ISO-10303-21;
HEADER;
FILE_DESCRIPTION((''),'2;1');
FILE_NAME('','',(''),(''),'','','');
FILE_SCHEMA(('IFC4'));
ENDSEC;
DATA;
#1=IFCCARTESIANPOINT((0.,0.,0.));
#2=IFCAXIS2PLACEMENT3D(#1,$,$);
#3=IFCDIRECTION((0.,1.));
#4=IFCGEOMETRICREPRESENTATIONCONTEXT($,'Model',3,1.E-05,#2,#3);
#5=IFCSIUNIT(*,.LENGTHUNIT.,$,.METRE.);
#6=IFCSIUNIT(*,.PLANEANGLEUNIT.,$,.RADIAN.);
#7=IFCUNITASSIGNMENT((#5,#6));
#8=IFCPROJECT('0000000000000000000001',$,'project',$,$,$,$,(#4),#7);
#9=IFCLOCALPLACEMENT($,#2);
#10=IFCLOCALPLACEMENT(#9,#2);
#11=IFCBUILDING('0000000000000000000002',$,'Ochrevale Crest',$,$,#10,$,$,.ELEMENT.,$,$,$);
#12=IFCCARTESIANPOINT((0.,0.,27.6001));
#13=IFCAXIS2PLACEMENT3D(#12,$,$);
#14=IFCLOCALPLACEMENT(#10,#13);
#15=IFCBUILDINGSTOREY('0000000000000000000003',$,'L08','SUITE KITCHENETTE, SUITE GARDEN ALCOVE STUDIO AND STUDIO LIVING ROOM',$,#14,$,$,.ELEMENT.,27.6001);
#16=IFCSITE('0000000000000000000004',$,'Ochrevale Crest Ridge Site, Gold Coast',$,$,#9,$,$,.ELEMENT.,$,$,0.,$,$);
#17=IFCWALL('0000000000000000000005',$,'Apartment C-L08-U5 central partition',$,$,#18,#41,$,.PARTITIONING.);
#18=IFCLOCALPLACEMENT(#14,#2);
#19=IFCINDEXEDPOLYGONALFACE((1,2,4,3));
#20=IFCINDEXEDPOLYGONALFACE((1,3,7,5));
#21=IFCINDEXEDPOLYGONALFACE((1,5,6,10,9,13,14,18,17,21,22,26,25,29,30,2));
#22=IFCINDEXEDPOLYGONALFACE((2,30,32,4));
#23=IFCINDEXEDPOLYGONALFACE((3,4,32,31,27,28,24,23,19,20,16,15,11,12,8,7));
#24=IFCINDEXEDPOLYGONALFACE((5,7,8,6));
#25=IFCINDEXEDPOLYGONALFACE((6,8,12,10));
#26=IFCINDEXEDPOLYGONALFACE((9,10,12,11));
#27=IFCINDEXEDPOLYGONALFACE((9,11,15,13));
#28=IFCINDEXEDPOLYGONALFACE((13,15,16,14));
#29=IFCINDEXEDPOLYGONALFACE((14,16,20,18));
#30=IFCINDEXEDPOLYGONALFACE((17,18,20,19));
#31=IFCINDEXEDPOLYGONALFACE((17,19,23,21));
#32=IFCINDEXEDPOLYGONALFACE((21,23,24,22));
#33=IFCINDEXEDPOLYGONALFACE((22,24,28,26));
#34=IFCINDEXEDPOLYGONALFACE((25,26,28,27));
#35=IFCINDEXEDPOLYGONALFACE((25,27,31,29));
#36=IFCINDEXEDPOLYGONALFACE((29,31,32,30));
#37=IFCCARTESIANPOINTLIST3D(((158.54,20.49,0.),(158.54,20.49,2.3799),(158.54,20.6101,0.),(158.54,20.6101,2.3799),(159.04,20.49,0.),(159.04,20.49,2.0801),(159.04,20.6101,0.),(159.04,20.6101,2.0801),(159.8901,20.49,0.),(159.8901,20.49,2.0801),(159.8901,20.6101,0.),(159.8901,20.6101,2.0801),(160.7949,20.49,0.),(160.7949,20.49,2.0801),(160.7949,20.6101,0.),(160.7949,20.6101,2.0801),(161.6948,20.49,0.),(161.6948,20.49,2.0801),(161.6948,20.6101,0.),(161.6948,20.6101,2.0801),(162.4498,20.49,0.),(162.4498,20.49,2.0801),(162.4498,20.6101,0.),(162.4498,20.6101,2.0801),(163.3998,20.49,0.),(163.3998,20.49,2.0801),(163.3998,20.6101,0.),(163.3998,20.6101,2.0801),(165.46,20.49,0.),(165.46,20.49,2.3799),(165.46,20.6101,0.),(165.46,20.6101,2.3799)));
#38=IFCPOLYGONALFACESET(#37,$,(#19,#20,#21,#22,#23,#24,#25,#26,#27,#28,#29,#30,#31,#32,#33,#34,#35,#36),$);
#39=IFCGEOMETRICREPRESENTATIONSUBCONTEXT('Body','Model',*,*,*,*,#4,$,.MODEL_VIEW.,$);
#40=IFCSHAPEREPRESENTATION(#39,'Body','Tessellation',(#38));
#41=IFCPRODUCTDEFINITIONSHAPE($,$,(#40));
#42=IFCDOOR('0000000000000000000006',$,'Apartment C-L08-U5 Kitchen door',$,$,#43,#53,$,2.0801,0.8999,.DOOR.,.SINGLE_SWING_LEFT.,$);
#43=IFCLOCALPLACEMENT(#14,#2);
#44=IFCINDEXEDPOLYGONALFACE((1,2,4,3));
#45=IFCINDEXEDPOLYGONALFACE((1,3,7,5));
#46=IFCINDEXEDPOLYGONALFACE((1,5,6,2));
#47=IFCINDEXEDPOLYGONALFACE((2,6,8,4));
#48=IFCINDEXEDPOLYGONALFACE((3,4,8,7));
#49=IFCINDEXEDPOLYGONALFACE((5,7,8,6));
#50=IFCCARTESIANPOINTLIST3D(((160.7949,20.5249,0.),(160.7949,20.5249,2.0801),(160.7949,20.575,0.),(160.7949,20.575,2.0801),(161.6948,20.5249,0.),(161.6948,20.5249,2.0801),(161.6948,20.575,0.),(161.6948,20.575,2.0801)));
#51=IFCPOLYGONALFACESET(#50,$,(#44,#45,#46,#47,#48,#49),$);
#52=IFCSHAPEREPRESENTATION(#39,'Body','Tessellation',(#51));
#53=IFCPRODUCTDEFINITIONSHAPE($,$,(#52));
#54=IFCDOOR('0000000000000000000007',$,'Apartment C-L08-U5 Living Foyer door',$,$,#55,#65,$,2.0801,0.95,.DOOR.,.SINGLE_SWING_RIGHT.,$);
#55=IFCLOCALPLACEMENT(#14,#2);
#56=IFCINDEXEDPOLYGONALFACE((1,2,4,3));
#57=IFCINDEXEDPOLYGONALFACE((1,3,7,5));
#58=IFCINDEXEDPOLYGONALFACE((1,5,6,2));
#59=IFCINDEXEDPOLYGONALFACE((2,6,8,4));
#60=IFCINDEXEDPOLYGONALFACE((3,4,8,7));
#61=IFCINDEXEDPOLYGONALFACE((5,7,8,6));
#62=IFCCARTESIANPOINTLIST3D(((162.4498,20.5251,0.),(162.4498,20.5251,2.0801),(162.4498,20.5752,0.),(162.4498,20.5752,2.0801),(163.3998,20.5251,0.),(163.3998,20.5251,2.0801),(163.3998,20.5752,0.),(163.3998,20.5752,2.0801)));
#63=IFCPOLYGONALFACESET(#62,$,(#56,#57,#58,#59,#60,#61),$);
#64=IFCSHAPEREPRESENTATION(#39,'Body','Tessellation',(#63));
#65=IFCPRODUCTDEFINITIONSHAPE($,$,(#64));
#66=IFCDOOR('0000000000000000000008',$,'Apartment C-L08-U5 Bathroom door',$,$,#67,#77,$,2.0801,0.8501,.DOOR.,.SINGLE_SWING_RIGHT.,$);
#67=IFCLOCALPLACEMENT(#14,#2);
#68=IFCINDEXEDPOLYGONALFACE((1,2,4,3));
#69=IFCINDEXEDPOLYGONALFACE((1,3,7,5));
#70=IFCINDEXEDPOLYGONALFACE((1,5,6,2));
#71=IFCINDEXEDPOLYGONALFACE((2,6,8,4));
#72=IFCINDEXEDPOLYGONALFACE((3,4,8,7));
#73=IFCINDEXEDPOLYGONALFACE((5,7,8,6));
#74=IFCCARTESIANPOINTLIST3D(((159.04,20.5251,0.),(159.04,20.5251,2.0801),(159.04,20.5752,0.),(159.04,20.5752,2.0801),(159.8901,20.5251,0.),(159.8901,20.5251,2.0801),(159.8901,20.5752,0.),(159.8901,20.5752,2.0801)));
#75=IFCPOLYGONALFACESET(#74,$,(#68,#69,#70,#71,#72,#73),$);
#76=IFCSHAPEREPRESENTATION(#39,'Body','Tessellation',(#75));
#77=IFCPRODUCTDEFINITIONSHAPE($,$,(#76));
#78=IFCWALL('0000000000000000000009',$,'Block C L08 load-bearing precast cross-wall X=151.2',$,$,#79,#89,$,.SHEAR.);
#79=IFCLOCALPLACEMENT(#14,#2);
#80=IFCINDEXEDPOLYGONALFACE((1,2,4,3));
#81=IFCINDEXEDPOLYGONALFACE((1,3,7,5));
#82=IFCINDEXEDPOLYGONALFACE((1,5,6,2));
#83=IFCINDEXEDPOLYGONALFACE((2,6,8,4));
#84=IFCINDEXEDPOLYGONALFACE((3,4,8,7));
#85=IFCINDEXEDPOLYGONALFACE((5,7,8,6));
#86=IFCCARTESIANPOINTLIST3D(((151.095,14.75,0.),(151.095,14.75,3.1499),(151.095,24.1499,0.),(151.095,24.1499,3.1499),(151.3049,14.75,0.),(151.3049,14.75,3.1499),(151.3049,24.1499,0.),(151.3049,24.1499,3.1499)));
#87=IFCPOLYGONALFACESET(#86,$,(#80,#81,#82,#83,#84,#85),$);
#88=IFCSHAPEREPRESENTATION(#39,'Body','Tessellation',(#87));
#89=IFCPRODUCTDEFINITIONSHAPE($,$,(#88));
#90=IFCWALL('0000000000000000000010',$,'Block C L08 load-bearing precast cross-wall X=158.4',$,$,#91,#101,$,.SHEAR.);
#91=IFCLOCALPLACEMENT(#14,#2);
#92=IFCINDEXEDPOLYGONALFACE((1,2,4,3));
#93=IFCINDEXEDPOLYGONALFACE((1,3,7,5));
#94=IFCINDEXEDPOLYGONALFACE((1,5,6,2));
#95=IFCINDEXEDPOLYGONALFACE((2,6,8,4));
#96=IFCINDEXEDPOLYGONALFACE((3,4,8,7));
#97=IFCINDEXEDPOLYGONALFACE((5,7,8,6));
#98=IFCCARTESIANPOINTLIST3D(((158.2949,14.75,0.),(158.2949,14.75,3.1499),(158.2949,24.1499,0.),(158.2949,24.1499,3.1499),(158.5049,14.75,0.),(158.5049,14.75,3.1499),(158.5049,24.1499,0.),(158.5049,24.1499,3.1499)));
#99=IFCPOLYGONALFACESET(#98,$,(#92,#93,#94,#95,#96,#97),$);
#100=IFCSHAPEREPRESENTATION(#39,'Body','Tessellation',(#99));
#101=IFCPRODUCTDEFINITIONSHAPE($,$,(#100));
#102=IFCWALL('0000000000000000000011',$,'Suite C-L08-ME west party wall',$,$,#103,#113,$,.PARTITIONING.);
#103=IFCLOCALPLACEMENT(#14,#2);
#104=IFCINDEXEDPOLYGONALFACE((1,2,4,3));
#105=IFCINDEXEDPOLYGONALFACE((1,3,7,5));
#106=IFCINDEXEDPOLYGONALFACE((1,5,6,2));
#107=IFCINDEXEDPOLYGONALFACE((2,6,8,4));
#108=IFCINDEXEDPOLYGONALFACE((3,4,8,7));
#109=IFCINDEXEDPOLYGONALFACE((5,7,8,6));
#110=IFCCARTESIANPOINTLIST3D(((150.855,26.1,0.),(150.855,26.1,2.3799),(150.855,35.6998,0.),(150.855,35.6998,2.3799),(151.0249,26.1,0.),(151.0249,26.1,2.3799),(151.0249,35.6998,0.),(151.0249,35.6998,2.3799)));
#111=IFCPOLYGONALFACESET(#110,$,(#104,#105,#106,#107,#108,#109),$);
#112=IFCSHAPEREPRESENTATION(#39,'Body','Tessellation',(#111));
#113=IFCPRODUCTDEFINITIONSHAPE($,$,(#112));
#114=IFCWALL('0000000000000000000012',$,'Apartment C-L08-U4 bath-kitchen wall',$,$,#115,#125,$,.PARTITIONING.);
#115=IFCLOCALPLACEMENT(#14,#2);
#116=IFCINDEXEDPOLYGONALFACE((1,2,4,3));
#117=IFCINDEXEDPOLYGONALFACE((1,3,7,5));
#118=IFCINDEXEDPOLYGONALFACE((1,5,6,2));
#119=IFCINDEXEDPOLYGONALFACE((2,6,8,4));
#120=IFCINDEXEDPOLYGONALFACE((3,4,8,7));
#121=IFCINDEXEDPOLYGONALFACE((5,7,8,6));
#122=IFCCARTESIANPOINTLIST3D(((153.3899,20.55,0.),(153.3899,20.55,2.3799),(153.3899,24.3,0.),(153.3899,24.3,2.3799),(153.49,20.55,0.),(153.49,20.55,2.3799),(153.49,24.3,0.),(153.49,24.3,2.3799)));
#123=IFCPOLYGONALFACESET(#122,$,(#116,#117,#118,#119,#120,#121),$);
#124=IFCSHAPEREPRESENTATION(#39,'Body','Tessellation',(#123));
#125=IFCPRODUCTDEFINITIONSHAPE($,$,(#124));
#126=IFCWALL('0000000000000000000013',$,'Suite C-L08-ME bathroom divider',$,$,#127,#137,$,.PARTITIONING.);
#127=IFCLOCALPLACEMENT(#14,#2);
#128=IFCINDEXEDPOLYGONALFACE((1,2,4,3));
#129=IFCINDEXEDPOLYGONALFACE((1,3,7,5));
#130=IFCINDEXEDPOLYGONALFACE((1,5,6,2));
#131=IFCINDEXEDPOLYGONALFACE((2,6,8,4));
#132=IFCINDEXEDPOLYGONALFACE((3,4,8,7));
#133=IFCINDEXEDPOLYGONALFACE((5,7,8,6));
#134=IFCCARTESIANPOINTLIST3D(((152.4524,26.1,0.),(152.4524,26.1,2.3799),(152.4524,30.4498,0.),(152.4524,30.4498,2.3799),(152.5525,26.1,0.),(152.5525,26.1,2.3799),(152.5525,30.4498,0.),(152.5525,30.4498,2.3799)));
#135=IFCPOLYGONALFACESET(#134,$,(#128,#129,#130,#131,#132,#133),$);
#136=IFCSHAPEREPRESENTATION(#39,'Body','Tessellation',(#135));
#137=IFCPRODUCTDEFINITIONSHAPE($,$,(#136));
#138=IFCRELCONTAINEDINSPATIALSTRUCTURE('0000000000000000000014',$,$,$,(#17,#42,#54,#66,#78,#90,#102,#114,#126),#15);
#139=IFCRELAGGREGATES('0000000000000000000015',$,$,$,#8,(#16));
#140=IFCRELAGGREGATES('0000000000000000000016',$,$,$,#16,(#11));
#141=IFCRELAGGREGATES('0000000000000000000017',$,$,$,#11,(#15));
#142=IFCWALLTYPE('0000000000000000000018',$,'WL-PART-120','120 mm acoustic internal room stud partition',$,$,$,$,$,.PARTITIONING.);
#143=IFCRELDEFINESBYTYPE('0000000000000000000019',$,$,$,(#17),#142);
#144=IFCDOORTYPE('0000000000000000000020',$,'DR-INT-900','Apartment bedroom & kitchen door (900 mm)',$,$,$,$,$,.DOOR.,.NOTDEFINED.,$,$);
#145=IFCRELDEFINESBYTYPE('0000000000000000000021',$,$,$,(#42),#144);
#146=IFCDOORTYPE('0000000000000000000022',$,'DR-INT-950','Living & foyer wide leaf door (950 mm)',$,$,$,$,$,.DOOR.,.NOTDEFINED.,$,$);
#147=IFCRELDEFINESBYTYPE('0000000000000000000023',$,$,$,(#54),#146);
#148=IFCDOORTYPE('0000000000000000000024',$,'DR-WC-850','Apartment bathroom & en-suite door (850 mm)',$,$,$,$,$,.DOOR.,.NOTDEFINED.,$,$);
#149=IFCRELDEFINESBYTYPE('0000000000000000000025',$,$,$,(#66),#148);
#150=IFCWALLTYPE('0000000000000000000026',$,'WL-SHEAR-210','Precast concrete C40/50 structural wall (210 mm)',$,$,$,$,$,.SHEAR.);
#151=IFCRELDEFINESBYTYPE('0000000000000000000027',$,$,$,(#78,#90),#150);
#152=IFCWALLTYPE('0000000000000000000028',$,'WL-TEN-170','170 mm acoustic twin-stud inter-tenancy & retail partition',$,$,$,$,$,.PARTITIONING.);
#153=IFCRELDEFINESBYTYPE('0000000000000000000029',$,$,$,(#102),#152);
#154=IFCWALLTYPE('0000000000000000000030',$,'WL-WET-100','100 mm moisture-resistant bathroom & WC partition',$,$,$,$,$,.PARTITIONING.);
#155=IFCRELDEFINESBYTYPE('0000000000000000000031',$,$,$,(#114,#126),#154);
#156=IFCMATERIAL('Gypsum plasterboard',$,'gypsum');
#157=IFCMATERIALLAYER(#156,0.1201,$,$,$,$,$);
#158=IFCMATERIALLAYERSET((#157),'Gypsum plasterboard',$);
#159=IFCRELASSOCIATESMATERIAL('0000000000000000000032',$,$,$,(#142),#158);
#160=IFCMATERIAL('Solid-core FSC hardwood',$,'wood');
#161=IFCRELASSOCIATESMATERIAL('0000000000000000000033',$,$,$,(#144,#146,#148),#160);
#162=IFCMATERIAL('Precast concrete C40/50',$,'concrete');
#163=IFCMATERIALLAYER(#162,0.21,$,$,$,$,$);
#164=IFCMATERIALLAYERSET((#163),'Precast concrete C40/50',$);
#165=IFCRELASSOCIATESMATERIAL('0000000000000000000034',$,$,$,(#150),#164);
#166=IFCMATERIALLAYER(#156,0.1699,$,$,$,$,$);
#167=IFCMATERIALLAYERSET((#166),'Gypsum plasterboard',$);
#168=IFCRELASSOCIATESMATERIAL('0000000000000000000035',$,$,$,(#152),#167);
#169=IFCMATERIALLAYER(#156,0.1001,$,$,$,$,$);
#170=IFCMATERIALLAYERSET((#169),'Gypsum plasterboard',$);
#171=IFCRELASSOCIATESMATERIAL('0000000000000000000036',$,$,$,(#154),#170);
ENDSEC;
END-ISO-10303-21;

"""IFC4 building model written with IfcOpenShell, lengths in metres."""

from ifc_helpers import new_model, si_unit, direction, frame, frame_2d, origin, place, context, subcontext, project, spatial, rectangle, extrude, material, layer, layer_set, type_object, element, fill, save


model = new_model("IFC4")

# Units and contexts
model_context = context("Model", 3, precision=1e-05, world=origin(), true_north=direction((0.0, 1.0)))
body_context = subcontext(model_context, "Body", "Model", "MODEL_VIEW")
ifc_project = project(units=[si_unit("LENGTHUNIT", "METRE"), si_unit("PLANEANGLEUNIT", "RADIAN")], contexts=[model_context])

# Site, building, storey
site_placement = place(None, origin())
site = spatial("IfcSite", under=ifc_project, at=site_placement, Name="Ochrevale Crest Ridge Site, Gold Coast", CompositionType="ELEMENT", RefElevation=0.0)
building_placement = place(site_placement, origin())
building = spatial("IfcBuilding", under=site, at=building_placement, Name="Ochrevale Crest", CompositionType="ELEMENT")
storey_placement = place(building_placement, frame((0.0, 0.0, 27.6001)))
storey = spatial("IfcBuildingStorey", under=building, at=storey_placement, Name="L08", Description="SUITE KITCHENETTE, SUITE GARDEN ALCOVE STUDIO AND STUDIO LIVING ROOM", CompositionType="ELEMENT", Elevation=27.6001)

# Shared definitions
ifc_material_1 = material(Name="Gypsum plasterboard", Category="gypsum")
ifc_material_2 = material(Name="Solid-core FSC hardwood", Category="wood")

# Shared definitions
ifc_layer_1 = layer(ifc_material_1, 0.1201)
ifc_layer_set_1 = layer_set([ifc_layer_1], Name="Gypsum plasterboard")
wall_type_1 = type_object("IfcWallType", Name="WL-PART-120", Description="120 mm acoustic internal room stud partition", PredefinedType="PARTITIONING", material=ifc_layer_set_1)

# Wall, openings, doors
door_type_1 = type_object("IfcDoorType", Name="DR-INT-900", Description="Apartment bedroom & kitchen door (900 mm)", OperationType="NOTDEFINED", PredefinedType="DOOR", material=ifc_material_2)
door_type_2 = type_object("IfcDoorType", Name="DR-INT-950", Description="Living & foyer wide leaf door (950 mm)", OperationType="NOTDEFINED", PredefinedType="DOOR", material=ifc_material_2)
door_type_3 = type_object("IfcDoorType", Name="DR-WC-850", Description="Apartment bathroom & en-suite door (850 mm)", OperationType="NOTDEFINED", PredefinedType="DOOR", material=ifc_material_2)
wall_1_placement = place(storey_placement, frame((158.54, 20.55, 0.0), z_axis=(0.0, 0.0, 1.0), x_axis=(1.0, 0.0, 0.0)))
wall_1 = element("IfcWall", 1, at=wall_1_placement, inside=storey, type_object=wall_type_1, Name="Apartment C-L08-U5 central partition", PredefinedType="PARTITIONING", context=body_context, shape_type="SweptSolid", body=[
    extrude(rectangle(XDim=6.9199, YDim=0.1201, at=frame_2d((3.46, 0.0))), origin(), (0.0, 0.0, 1.0), 2.3799),
])
opening_1_placement = place(wall_1_placement, frame((1.3501, 0.0, 0.0), z_axis=(0.0, 0.0, 1.0), x_axis=(-1.0, 0.0, 0.0)))
opening_1 = element("IfcOpeningElement", 2, at=opening_1_placement, cuts=wall_1, PredefinedType="OPENING", context=body_context, shape_type="SweptSolid", body=[
    extrude(rectangle(XDim=0.8501, YDim=2.0801, at=frame_2d((0.425, 1.04))), frame((0.0, 0.0701, 0.0), z_axis=(0.0, -1.0, 0.0), x_axis=(1.0, 0.0, 0.0)), (0.0, 0.0, 1.0), 0.1401),
])
opening_2_placement = place(wall_1_placement, frame((2.2549, 0.0, 0.0)))
opening_2 = element("IfcOpeningElement", 3, at=opening_2_placement, cuts=wall_1, PredefinedType="OPENING", context=body_context, shape_type="SweptSolid", body=[
    extrude(rectangle(XDim=0.8999, YDim=2.0801, at=frame_2d((0.45, 1.04))), frame((0.0, 0.0701, 0.0), z_axis=(0.0, -1.0, 0.0), x_axis=(1.0, 0.0, 0.0)), (0.0, 0.0, 1.0), 0.1401),
])
opening_3_placement = place(wall_1_placement, frame((4.8599, 0.0, 0.0), z_axis=(0.0, 0.0, 1.0), x_axis=(-1.0, 0.0, 0.0)))
opening_3 = element("IfcOpeningElement", 4, at=opening_3_placement, cuts=wall_1, PredefinedType="OPENING", context=body_context, shape_type="SweptSolid", body=[
    extrude(rectangle(XDim=0.95, YDim=2.0801, at=frame_2d((0.4751, 1.04))), frame((0.0, 0.0701, 0.0), z_axis=(0.0, -1.0, 0.0), x_axis=(1.0, 0.0, 0.0)), (0.0, 0.0, 1.0), 0.1401),
])
door_1_placement = place(opening_2_placement, origin())
door_1 = element("IfcDoor", 5, at=door_1_placement, inside=storey, type_object=door_type_1, Name="Apartment C-L08-U5 Kitchen door", OperationType="SINGLE_SWING_LEFT", OverallHeight=2.0801, OverallWidth=0.8999, PredefinedType="DOOR", context=body_context, shape_type="SweptSolid", body=[
    extrude(rectangle(XDim=0.8999, YDim=2.0801, at=frame_2d((0.45, 1.04))), frame((0.0, 0.0249, 0.0), z_axis=(0.0, -1.0, 0.0), x_axis=(1.0, 0.0, 0.0)), (0.0, 0.0, 1.0), 0.05),
])
fill(opening_2, door_1)
door_2_placement = place(opening_3_placement, origin())
door_2 = element("IfcDoor", 6, at=door_2_placement, inside=storey, type_object=door_type_2, Name="Apartment C-L08-U5 Living Foyer door", OperationType="SINGLE_SWING_RIGHT", OverallHeight=2.0801, OverallWidth=0.95, PredefinedType="DOOR", context=body_context, shape_type="SweptSolid", body=[
    extrude(rectangle(XDim=0.95, YDim=2.0801, at=frame_2d((0.4751, 1.04))), frame((0.0, 0.0249, 0.0), z_axis=(0.0, -1.0, 0.0), x_axis=(1.0, 0.0, 0.0)), (0.0, 0.0, 1.0), 0.05),
])
fill(opening_3, door_2)
door_3_placement = place(opening_1_placement, origin())
door_3 = element("IfcDoor", 7, at=door_3_placement, inside=storey, type_object=door_type_3, Name="Apartment C-L08-U5 Bathroom door", OperationType="SINGLE_SWING_RIGHT", OverallHeight=2.0801, OverallWidth=0.8501, PredefinedType="DOOR", context=body_context, shape_type="SweptSolid", body=[
    extrude(rectangle(XDim=0.8501, YDim=2.0801, at=frame_2d((0.425, 1.04))), frame((0.0, 0.0249, 0.0), z_axis=(0.0, -1.0, 0.0), x_axis=(1.0, 0.0, 0.0)), (0.0, 0.0, 1.0), 0.05),
])
fill(opening_1, door_3)

# Walls
ifc_material_3 = material(Name="Precast concrete C40/50", Category="concrete")
ifc_layer_2 = layer(ifc_material_3, 0.21)
ifc_layer_set_2 = layer_set([ifc_layer_2], Name="Precast concrete C40/50")
wall_type_2 = type_object("IfcWallType", Name="WL-SHEAR-210", Description="Precast concrete C40/50 structural wall (210 mm)", PredefinedType="SHEAR", material=ifc_layer_set_2)
for number, where, z_axis, x_axis, name in (
    (8, (151.2, 14.75, 0.0), (0.0, 0.0, 1.0), (0.0, 1.0, 0.0), "Block C L08 load-bearing precast cross-wall X=151.2"),
    (9, (158.3999, 14.75, 0.0), (0.0, 0.0, 1.0), (0.0, 1.0, 0.0), "Block C L08 load-bearing precast cross-wall X=158.4"),
):
    element("IfcWall", number, at=place(storey_placement, frame(where, z_axis=z_axis, x_axis=x_axis)), inside=storey, type_object=wall_type_2, Name=name, PredefinedType="SHEAR", context=body_context, shape_type="SweptSolid", body=[
        extrude(rectangle(XDim=9.3999, YDim=0.21, at=frame_2d((4.7, 0.0))), origin(), (0.0, 0.0, 1.0), 3.1499),
    ])
ifc_layer_3 = layer(ifc_material_1, 0.1699)
ifc_layer_set_3 = layer_set([ifc_layer_3], Name="Gypsum plasterboard")
wall_type_3 = type_object("IfcWallType", Name="WL-TEN-170", Description="170 mm acoustic twin-stud inter-tenancy & retail partition", PredefinedType="PARTITIONING", material=ifc_layer_set_3)
wall_2_placement = place(storey_placement, frame((150.9399, 26.1001, 0.0), z_axis=(0.0, 0.0, 1.0), x_axis=(0.0, 1.0, 0.0)))
element("IfcWall", 10, at=wall_2_placement, inside=storey, type_object=wall_type_3, Name="Suite C-L08-ME west party wall", PredefinedType="PARTITIONING", context=body_context, shape_type="SweptSolid", body=[
    extrude(rectangle(XDim=9.5999, YDim=0.1699, at=frame_2d((4.7998, 0.0))), origin(), (0.0, 0.0, 1.0), 2.3799),
])
ifc_layer_4 = layer(ifc_material_1, 0.1001)
ifc_layer_set_4 = layer_set([ifc_layer_4], Name="Gypsum plasterboard")
wall_type_4 = type_object("IfcWallType", Name="WL-WET-100", Description="100 mm moisture-resistant bathroom & WC partition", PredefinedType="PARTITIONING", material=ifc_layer_set_4)
wall_3_placement = place(storey_placement, frame((153.4399, 20.55, 0.0), z_axis=(0.0, 0.0, 1.0), x_axis=(0.0, 1.0, 0.0)))
element("IfcWall", 11, at=wall_3_placement, inside=storey, type_object=wall_type_4, Name="Apartment C-L08-U4 bath-kitchen wall", PredefinedType="PARTITIONING", context=body_context, shape_type="SweptSolid", body=[
    extrude(rectangle(XDim=3.75, YDim=0.1001, at=frame_2d((1.875, 0.0))), origin(), (0.0, 0.0, 1.0), 2.3799),
])
wall_4_placement = place(storey_placement, frame((152.5024, 26.1001, 0.0), z_axis=(0.0, 0.0, 1.0), x_axis=(0.0, 1.0, 0.0)))
element("IfcWall", 12, at=wall_4_placement, inside=storey, type_object=wall_type_4, Name="Suite C-L08-ME bathroom divider", PredefinedType="PARTITIONING", context=body_context, shape_type="SweptSolid", body=[
    extrude(rectangle(XDim=4.3499, YDim=0.1001, at=frame_2d((2.1748, 0.0))), origin(), (0.0, 0.0, 1.0), 2.3799),
])

save(model, "model.ifc")
